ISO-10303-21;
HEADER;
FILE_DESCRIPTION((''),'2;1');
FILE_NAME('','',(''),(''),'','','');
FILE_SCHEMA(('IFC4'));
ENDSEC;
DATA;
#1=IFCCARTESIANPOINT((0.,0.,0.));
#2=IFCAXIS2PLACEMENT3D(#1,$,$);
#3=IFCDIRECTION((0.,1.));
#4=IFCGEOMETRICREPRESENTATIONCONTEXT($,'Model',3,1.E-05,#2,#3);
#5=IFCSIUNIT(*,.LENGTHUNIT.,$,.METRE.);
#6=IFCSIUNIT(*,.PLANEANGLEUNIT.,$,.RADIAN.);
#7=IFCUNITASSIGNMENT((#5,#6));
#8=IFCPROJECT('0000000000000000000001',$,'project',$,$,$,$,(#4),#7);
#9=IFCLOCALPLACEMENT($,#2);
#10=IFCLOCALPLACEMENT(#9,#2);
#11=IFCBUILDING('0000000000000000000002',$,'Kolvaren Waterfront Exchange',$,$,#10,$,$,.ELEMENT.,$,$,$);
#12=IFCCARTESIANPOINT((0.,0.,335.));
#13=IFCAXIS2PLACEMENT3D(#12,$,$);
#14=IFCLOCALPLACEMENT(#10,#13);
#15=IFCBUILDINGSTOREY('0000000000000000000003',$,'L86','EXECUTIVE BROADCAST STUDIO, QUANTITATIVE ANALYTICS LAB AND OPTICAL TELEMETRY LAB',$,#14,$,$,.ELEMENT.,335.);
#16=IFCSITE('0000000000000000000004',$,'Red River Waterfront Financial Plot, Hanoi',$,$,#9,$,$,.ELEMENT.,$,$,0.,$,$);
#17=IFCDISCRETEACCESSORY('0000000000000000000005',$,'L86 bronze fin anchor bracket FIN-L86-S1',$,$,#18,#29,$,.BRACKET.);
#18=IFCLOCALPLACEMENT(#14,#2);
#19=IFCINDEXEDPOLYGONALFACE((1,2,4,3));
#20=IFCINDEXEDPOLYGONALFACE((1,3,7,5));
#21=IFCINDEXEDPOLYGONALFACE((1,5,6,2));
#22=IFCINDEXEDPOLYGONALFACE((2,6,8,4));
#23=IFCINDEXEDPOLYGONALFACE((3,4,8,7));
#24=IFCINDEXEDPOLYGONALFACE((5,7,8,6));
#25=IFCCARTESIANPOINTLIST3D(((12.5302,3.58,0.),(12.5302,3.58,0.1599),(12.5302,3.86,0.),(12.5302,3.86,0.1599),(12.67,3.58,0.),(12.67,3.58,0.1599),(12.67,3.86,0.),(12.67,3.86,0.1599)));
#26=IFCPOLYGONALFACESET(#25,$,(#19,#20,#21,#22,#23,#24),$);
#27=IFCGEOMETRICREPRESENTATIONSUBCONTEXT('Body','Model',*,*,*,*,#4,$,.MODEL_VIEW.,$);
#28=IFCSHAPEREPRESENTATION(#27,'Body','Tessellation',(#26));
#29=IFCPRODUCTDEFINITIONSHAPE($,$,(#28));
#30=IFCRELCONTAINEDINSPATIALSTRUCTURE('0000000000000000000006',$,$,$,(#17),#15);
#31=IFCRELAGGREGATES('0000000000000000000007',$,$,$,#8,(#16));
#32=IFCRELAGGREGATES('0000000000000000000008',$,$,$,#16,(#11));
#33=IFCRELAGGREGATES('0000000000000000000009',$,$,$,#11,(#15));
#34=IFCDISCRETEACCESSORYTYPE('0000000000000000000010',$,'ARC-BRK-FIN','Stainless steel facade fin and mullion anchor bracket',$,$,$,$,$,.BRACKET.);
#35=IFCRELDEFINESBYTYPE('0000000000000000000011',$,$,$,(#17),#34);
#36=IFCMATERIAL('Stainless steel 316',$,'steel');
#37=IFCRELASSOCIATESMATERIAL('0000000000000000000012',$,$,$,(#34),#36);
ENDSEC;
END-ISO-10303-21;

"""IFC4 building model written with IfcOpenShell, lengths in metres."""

from ifc_helpers import new_model, si_unit, direction, frame, origin, origin_with_axes, origin_2d, place, context, subcontext, project, spatial, rectangle, extrude, source, transform, mapped, material, type_object, element, save


model = new_model("IFC4")

# Units and contexts
model_context = context("Model", 3, precision=1e-05, world=origin(), true_north=direction((0.0, 1.0)))
body_context = subcontext(model_context, "Body", "Model", "MODEL_VIEW")
ifc_project = project(units=[si_unit("LENGTHUNIT", "METRE"), si_unit("PLANEANGLEUNIT", "RADIAN")], contexts=[model_context])

# Site, building, storey
site_placement = place(None, origin())
site = spatial("IfcSite", under=ifc_project, at=site_placement, Name="Red River Waterfront Financial Plot, Hanoi", CompositionType="ELEMENT", RefElevation=0.0)
building_placement = place(site_placement, origin())
building = spatial("IfcBuilding", under=site, at=building_placement, Name="Kolvaren Waterfront Exchange", CompositionType="ELEMENT")
storey_placement = place(building_placement, frame((0.0, 0.0, 335.0)))
storey = spatial("IfcBuildingStorey", under=building, at=storey_placement, Name="L86", Description="EXECUTIVE BROADCAST STUDIO, QUANTITATIVE ANALYTICS LAB AND OPTICAL TELEMETRY LAB", CompositionType="ELEMENT", Elevation=335.0)

# Discrete accessory
ifc_material_1 = material(Name="Stainless steel 316", Category="steel")
discrete_accessory_type = type_object("IfcDiscreteAccessoryType", Name="ARC-BRK-FIN", Description="Stainless steel facade fin and mullion anchor bracket", PredefinedType="BRACKET", material=ifc_material_1)
shared_shape_1 = source(origin_with_axes(), body_context, "Body", "SweptSolid", [
    extrude(rectangle(XDim=0.28, YDim=0.1399, at=origin_2d()), origin(), (0.0, 0.0, 1.0), 0.1599),
])
discrete_accessory_placement = place(storey_placement, frame((12.6001, 3.72, 0.0), z_axis=(0.0, 0.0, 1.0), x_axis=(0.0, -1.0, 0.0)))
element("IfcDiscreteAccessory", 1, at=discrete_accessory_placement, inside=storey, type_object=discrete_accessory_type, Name="L86 bronze fin anchor bracket FIN-L86-S1", PredefinedType="BRACKET", context=body_context, shape_type="MappedRepresentation", body=[
    mapped(shared_shape_1, transform((0.0, 0.0, 0.0), x_axis=(1.0, 0.0, 0.0), y_axis=(0.0, 1.0, 0.0), z_axis=(0.0, 0.0, 1.0), scale=1.0)),
])

save(model, "model.ifc")
